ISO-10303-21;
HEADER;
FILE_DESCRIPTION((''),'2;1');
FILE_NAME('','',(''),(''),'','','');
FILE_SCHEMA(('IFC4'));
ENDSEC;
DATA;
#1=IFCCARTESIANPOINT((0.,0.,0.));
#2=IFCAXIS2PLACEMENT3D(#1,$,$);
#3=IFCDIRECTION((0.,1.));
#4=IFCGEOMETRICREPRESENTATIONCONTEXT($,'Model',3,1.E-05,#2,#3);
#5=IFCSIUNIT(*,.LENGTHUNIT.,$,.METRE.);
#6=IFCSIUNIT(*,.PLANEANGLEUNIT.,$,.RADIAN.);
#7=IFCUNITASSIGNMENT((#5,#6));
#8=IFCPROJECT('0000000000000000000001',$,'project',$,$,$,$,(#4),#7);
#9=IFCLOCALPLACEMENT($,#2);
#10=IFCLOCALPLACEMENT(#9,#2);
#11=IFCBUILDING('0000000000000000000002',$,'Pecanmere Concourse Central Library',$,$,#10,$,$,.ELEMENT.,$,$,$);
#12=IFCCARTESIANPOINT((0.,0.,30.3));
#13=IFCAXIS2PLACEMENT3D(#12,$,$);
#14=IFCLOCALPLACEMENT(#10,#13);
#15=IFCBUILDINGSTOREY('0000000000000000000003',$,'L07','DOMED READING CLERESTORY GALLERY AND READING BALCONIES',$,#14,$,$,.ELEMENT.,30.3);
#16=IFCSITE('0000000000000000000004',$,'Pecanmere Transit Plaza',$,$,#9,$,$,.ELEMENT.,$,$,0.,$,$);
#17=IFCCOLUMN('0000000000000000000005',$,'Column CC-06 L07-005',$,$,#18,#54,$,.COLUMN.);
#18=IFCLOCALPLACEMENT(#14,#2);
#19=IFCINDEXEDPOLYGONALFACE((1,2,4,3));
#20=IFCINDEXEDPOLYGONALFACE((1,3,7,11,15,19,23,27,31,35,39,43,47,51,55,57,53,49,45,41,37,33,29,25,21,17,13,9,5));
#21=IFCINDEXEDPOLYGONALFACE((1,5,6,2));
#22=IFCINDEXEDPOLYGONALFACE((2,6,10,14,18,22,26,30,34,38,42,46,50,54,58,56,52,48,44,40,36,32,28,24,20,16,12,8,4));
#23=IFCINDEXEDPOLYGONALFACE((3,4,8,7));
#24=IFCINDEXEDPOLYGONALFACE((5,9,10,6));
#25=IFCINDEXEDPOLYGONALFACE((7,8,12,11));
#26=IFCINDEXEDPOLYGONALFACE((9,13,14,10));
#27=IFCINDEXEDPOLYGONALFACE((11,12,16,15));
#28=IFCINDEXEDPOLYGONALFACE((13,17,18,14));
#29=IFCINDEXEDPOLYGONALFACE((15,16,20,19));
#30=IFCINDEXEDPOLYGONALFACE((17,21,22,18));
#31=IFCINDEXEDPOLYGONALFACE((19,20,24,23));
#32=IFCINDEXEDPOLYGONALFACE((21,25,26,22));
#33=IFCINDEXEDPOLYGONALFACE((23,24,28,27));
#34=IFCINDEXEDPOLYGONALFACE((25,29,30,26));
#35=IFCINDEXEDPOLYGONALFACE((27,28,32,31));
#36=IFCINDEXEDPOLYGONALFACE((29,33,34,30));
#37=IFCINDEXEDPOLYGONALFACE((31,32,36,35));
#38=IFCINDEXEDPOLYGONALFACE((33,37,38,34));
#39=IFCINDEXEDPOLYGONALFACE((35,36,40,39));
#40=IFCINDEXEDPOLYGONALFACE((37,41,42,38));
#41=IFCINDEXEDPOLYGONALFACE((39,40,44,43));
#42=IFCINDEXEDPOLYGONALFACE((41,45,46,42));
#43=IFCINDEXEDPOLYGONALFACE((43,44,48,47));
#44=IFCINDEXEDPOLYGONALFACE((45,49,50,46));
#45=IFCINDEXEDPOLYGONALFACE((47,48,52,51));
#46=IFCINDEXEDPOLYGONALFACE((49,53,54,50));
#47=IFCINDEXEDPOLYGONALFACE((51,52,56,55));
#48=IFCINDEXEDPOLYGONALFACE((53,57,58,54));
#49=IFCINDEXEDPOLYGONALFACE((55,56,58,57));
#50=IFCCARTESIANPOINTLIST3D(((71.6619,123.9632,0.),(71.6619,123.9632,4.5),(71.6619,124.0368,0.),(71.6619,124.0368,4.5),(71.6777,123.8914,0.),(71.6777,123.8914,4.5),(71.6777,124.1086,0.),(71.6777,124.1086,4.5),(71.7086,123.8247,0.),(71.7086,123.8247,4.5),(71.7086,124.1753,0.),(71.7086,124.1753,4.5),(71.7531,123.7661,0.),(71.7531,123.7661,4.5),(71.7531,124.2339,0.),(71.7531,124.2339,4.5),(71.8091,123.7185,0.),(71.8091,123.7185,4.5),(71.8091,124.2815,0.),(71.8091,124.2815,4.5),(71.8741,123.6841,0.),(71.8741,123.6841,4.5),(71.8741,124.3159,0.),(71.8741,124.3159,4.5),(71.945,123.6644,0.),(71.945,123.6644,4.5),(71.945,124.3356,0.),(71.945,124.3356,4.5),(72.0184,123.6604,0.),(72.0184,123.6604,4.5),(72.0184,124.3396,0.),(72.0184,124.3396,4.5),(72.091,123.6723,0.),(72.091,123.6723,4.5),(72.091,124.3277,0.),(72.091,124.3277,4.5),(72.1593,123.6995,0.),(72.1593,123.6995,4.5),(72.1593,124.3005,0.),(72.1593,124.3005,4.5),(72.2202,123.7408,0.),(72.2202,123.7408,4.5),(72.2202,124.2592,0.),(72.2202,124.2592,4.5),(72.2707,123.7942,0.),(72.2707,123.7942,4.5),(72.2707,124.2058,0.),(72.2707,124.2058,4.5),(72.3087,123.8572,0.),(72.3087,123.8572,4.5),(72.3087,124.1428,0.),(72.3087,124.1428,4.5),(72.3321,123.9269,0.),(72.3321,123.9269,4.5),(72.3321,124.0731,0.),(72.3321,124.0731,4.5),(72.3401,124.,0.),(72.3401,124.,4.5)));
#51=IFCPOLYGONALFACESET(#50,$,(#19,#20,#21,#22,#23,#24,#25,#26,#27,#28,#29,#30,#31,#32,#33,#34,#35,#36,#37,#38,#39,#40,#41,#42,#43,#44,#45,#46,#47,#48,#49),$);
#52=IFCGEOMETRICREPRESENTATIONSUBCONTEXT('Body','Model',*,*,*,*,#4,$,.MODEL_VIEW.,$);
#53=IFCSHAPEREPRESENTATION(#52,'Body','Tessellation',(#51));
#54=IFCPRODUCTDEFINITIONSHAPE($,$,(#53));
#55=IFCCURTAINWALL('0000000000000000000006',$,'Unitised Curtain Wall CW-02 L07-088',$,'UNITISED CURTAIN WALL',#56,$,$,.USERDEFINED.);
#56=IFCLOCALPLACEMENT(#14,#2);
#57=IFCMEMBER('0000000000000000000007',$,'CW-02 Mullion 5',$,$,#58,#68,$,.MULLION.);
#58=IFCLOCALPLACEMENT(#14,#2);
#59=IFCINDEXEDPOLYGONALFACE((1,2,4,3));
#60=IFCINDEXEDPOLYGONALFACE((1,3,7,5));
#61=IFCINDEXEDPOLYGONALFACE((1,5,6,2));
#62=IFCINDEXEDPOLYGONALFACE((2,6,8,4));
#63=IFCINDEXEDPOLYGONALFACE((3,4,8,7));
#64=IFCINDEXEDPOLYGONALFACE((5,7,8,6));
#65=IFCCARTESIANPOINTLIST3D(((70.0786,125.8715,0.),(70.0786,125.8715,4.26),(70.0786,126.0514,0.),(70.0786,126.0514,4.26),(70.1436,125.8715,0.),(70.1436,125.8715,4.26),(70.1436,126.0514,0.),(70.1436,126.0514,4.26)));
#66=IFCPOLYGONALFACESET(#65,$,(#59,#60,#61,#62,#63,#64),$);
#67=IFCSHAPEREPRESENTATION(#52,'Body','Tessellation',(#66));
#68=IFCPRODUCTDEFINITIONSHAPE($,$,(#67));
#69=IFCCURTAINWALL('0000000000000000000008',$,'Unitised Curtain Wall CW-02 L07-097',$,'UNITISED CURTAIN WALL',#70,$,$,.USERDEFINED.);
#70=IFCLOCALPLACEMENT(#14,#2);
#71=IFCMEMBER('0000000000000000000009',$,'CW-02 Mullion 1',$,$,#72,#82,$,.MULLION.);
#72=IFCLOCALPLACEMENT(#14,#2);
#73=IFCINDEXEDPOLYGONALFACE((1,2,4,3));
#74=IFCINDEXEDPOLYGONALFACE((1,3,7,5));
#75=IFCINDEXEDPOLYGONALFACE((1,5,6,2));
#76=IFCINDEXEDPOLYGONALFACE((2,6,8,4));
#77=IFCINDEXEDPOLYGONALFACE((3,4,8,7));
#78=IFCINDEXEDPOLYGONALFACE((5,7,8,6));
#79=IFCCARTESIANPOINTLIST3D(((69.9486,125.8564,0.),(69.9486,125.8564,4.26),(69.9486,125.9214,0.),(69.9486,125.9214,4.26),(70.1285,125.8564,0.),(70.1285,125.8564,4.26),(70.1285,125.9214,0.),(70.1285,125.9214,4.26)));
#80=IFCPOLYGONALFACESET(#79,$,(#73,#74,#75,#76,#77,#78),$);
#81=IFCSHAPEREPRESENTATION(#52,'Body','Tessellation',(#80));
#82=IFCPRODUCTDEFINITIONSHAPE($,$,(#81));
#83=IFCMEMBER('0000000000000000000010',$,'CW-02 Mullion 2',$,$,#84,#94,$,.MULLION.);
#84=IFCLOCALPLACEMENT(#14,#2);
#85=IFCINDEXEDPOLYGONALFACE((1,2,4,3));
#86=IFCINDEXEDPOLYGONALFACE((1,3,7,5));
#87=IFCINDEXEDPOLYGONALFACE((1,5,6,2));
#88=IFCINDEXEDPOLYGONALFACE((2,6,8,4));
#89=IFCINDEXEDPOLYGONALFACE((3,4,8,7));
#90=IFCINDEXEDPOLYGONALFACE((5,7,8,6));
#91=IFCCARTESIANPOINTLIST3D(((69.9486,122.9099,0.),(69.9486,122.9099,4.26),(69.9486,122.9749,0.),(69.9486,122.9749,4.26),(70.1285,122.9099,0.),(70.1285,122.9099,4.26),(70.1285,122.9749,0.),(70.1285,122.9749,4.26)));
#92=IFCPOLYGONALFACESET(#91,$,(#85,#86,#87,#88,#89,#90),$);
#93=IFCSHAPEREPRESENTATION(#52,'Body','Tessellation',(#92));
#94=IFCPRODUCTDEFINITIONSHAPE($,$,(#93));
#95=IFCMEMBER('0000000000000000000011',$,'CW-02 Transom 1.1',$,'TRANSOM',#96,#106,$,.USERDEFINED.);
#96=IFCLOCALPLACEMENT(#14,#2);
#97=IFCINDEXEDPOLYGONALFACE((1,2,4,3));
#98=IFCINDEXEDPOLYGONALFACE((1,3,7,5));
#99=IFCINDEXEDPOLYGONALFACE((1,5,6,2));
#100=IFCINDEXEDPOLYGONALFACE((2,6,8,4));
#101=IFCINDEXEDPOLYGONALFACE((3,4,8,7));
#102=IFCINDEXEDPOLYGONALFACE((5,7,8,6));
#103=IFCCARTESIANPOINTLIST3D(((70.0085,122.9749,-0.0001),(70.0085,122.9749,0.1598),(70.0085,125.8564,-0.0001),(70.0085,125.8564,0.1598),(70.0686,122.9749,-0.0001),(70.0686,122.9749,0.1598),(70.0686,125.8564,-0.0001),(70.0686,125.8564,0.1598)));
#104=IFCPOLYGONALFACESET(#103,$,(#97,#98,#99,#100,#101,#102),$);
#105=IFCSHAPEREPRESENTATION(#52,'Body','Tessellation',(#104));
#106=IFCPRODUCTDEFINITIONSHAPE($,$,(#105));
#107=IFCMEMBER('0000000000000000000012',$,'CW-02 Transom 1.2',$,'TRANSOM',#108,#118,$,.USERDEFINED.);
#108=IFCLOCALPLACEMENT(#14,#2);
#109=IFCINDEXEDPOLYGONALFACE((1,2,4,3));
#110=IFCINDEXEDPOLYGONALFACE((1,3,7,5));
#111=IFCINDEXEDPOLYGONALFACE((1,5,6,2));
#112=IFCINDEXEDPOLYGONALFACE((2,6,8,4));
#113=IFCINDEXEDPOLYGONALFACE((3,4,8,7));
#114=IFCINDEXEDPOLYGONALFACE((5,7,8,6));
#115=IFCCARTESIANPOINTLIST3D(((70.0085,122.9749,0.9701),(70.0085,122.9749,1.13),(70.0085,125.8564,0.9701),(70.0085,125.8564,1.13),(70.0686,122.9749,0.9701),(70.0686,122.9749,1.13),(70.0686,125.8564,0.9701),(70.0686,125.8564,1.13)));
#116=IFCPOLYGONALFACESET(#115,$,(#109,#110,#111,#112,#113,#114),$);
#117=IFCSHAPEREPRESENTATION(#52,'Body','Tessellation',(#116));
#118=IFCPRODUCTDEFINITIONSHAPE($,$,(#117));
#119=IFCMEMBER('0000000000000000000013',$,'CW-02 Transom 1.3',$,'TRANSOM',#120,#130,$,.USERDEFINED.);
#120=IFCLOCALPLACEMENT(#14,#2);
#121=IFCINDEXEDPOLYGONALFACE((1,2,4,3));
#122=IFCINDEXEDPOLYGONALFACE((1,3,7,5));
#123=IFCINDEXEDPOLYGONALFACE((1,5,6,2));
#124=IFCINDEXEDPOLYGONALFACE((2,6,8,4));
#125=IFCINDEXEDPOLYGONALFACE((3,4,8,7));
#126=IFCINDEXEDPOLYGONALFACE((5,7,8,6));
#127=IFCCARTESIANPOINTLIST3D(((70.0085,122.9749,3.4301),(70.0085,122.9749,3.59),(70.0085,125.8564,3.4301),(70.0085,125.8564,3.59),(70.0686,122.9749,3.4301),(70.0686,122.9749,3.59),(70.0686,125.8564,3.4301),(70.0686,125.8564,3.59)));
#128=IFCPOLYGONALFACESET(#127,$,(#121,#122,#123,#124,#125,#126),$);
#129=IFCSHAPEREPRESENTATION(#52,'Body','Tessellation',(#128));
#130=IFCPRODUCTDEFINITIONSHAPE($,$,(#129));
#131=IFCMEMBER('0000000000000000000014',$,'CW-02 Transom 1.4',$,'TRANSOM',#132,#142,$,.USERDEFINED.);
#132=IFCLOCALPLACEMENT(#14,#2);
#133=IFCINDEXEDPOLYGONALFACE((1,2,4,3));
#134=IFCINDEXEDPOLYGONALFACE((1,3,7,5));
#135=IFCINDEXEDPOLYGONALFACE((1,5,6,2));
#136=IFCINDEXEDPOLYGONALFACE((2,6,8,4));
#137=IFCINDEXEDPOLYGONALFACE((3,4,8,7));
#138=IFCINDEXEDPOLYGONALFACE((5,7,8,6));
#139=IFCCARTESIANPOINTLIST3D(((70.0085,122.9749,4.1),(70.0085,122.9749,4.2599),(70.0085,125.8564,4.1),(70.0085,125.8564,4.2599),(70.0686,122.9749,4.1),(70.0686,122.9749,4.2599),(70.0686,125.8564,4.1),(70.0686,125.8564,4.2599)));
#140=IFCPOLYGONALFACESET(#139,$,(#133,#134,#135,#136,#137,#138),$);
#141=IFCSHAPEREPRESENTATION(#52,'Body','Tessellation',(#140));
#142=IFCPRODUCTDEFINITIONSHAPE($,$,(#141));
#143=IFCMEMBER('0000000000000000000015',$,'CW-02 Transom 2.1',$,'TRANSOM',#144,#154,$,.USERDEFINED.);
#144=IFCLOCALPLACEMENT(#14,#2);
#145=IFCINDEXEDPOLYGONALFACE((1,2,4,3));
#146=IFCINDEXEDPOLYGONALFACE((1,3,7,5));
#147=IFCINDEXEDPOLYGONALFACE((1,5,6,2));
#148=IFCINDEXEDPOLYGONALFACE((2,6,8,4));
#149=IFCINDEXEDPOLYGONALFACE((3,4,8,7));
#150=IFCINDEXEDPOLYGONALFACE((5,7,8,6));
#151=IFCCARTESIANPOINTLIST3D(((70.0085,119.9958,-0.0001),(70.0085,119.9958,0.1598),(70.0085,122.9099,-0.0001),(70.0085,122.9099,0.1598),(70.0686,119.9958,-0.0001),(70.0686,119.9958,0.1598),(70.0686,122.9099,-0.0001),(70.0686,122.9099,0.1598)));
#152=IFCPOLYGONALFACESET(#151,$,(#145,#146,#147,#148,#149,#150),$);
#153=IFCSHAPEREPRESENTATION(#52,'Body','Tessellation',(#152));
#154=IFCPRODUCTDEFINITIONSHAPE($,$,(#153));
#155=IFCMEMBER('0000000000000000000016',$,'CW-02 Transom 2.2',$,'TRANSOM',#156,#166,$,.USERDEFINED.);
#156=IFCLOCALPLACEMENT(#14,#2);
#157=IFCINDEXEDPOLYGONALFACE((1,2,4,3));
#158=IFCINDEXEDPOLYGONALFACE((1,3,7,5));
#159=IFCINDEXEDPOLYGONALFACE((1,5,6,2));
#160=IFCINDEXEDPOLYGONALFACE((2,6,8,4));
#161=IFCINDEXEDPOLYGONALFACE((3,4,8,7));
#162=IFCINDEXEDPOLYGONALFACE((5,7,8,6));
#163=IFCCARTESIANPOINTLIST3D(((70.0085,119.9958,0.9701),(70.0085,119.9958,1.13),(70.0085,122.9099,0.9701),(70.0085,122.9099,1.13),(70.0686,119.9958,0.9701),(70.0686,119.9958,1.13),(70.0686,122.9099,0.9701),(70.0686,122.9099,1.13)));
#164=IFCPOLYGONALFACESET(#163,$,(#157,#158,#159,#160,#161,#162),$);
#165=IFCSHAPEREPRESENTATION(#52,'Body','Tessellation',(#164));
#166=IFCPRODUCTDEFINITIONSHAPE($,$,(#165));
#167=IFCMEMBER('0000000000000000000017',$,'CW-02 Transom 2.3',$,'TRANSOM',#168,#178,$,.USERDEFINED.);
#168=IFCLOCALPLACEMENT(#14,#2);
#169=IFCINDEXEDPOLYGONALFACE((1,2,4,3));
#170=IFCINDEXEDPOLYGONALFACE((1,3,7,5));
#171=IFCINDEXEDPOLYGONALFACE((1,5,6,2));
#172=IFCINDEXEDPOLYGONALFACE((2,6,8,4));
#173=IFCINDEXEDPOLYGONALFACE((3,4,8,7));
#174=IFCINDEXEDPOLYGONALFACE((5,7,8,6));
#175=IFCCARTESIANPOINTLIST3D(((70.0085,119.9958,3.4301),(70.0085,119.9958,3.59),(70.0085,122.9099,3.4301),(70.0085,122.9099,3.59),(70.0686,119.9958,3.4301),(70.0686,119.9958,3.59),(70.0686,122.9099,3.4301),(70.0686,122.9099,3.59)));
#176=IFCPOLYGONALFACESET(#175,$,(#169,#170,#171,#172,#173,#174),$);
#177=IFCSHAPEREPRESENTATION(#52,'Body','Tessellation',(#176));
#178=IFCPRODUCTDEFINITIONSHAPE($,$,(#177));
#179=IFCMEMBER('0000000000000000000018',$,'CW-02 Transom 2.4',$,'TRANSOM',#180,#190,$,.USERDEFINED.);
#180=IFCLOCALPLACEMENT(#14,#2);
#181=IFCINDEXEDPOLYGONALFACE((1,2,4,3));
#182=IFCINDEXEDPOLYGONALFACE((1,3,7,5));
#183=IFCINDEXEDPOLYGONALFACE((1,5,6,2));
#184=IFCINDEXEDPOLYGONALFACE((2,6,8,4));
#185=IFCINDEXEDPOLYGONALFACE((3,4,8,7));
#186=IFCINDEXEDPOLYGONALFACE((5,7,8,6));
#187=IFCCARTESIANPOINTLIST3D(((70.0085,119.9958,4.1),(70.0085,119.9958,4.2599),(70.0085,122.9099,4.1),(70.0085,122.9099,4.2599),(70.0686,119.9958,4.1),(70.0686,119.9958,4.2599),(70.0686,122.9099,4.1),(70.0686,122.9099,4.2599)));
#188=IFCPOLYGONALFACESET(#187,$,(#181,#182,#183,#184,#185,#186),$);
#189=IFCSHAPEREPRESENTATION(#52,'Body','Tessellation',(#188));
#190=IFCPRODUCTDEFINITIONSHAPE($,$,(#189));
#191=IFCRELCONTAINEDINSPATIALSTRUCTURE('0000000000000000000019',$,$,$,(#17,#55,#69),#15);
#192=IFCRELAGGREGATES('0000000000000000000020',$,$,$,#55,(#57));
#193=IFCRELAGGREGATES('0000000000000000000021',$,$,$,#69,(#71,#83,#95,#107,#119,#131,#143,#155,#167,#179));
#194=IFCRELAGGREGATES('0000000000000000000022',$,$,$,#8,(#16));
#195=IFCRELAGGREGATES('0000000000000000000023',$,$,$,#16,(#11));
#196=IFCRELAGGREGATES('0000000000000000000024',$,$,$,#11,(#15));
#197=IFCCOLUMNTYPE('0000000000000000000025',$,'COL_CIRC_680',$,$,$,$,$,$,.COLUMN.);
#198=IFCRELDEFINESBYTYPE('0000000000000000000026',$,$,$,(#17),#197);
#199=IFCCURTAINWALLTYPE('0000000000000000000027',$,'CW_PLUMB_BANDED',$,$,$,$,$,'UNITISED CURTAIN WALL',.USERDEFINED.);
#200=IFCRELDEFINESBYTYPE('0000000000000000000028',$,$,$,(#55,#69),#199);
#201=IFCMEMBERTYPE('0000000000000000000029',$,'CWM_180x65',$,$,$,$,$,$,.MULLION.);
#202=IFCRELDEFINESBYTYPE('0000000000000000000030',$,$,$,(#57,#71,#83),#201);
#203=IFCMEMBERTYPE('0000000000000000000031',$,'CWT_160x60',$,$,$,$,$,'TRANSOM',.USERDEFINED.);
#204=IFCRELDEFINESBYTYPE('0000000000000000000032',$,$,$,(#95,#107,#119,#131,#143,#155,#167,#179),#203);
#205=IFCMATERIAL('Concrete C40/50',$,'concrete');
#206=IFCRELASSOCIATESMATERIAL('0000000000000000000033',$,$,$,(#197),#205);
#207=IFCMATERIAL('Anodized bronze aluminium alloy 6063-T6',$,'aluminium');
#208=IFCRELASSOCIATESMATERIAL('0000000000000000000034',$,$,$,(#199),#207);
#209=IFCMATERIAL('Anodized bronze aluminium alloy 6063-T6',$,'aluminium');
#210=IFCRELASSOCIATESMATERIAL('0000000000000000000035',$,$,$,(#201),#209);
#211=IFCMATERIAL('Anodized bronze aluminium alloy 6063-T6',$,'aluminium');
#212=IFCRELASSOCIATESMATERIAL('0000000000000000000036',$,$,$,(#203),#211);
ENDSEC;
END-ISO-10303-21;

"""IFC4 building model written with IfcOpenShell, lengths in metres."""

from ifc_helpers import new_model, si_unit, direction, frame, origin, origin_2d, place, context, subcontext, project, spatial, rectangle, circle, extrude, material, material_profile, profile_set, type_object, element, aggregate, save


model = new_model("IFC4")

# Units and contexts
model_context = context("Model", 3, precision=1e-05, world=origin(), true_north=direction((0.0, 1.0)))
body_context = subcontext(model_context, "Body", "Model", "MODEL_VIEW")
ifc_project = project(units=[si_unit("LENGTHUNIT", "METRE"), si_unit("PLANEANGLEUNIT", "RADIAN")], contexts=[model_context])

# Site, building, storey
site_placement = place(None, origin())
site = spatial("IfcSite", under=ifc_project, at=site_placement, Name="Pecanmere Transit Plaza", CompositionType="ELEMENT", RefElevation=0.0)
building_placement = place(site_placement, origin())
building = spatial("IfcBuilding", under=site, at=building_placement, Name="Pecanmere Concourse Central Library", CompositionType="ELEMENT")
storey_placement = place(building_placement, frame((0.0, 0.0, 30.3)))
storey = spatial("IfcBuildingStorey", under=building, at=storey_placement, Name="L07", Description="DOMED READING CLERESTORY GALLERY AND READING BALCONIES", CompositionType="ELEMENT", Elevation=30.3)

# Column
ifc_material_1 = material(Name="Concrete C40/50", Category="concrete")
ifc_material_profile_1 = material_profile(ifc_material_1, circle(Radius=0.3401, at=origin_2d()), Name="RC D680")
ifc_profile_set_1 = profile_set([ifc_material_profile_1], Name="Concrete C40/50")
column_type = type_object("IfcColumnType", Name="COL_CIRC_680", PredefinedType="COLUMN", material=ifc_profile_set_1)
column_placement = place(storey_placement, frame((72.0, 124.0, 0.0), z_axis=(0.0, 0.0, 1.0), x_axis=(1.0, 0.0, 0.0)))
element("IfcColumn", 1, at=column_placement, inside=storey, type_object=column_type, Name="Column CC-06 L07-005", PredefinedType="COLUMN", context=body_context, shape_type="SweptSolid", body=[
    extrude(circle(Radius=0.3401, at=origin_2d()), origin(), (0.0, 0.0, 1.0), 4.5),
])

# Curtain wall, member
ifc_material_2 = material(Name="Anodized bronze aluminium alloy 6063-T6", Category="aluminium")
curtain_wall_type = type_object("IfcCurtainWallType", Name="CW_PLUMB_BANDED", ElementType="UNITISED CURTAIN WALL", PredefinedType="USERDEFINED", material=ifc_material_2)
curtain_wall_1_placement = place(storey_placement, origin())
curtain_wall_1 = element("IfcCurtainWall", 2, at=curtain_wall_1_placement, inside=storey, type_object=curtain_wall_type, Name="Unitised Curtain Wall CW-02 L07-088", ObjectType="UNITISED CURTAIN WALL", PredefinedType="USERDEFINED")
ifc_material_3 = material(Name="Anodized bronze aluminium alloy 6063-T6", Category="aluminium")
ifc_material_profile_2 = material_profile(ifc_material_3, rectangle(XDim=0.0649, YDim=0.1799, at=origin_2d()), Name="AL 65x180")
ifc_profile_set_2 = profile_set([ifc_material_profile_2], Name="Anodized bronze aluminium alloy 6063-T6")
member_type_1 = type_object("IfcMemberType", Name="CWM_180x65", PredefinedType="MULLION", material=ifc_profile_set_2)
member_1_placement = place(storey_placement, frame((70.1111, 125.9614, 0.0), z_axis=(0.0, 0.0, 1.0), x_axis=(-1.0, 0.0, 0.0)))
member_1 = element("IfcMember", 3, at=member_1_placement, type_object=member_type_1, Name="CW-02 Mullion 5", PredefinedType="MULLION", context=body_context, shape_type="SweptSolid", body=[
    extrude(rectangle(XDim=0.0649, YDim=0.1799, at=origin_2d()), origin(), (0.0, 0.0, 1.0), 4.26),
])

# Curtain wall, members
curtain_wall_2_placement = place(storey_placement, origin())
curtain_wall_2 = element("IfcCurtainWall", 4, at=curtain_wall_2_placement, inside=storey, type_object=curtain_wall_type, Name="Unitised Curtain Wall CW-02 L07-097", ObjectType="UNITISED CURTAIN WALL", PredefinedType="USERDEFINED")
member_2_placement = place(storey_placement, frame((70.0386, 125.8889, 0.0), z_axis=(0.0, 0.0, 1.0), x_axis=(0.0, -1.0, 0.0)))
member_2 = element("IfcMember", 5, at=member_2_placement, type_object=member_type_1, Name="CW-02 Mullion 1", PredefinedType="MULLION", context=body_context, shape_type="SweptSolid", body=[
    extrude(rectangle(XDim=0.0649, YDim=0.1799, at=origin_2d()), origin(), (0.0, 0.0, 1.0), 4.26),
])
member_3_placement = place(storey_placement, frame((70.0386, 122.9424, 0.0), z_axis=(0.0, 0.0, 1.0), x_axis=(0.0, -1.0, 0.0)))
member_3 = element("IfcMember", 6, at=member_3_placement, type_object=member_type_1, Name="CW-02 Mullion 2", PredefinedType="MULLION", context=body_context, shape_type="SweptSolid", body=[
    extrude(rectangle(XDim=0.0649, YDim=0.1799, at=origin_2d()), origin(), (0.0, 0.0, 1.0), 4.26),
])
ifc_material_4 = material(Name="Anodized bronze aluminium alloy 6063-T6", Category="aluminium")
ifc_material_profile_3 = material_profile(ifc_material_4, rectangle(XDim=0.0601, YDim=0.1599, at=origin_2d()), Name="AL 60x160")
ifc_profile_set_3 = profile_set([ifc_material_profile_3], Name="Anodized bronze aluminium alloy 6063-T6")
member_type_2 = type_object("IfcMemberType", Name="CWT_160x60", ElementType="TRANSOM", PredefinedType="USERDEFINED", material=ifc_profile_set_3)
member_4_placement = place(storey_placement, frame((70.0386, 125.8564, 0.0798), z_axis=(0.0, -1.0, 0.0), x_axis=(1.0, 0.0, 0.0)))
member_4 = element("IfcMember", 7, at=member_4_placement, type_object=member_type_2, Name="CW-02 Transom 1.1", ObjectType="TRANSOM", PredefinedType="USERDEFINED", context=body_context, shape_type="SweptSolid", body=[
    extrude(rectangle(XDim=0.0601, YDim=0.1599, at=origin_2d()), origin(), (0.0, 0.0, 1.0), 2.8816),
])
member_5_placement = place(storey_placement, frame((70.0386, 125.8564, 1.05), z_axis=(0.0, -1.0, 0.0), x_axis=(1.0, 0.0, 0.0)))
member_5 = element("IfcMember", 8, at=member_5_placement, type_object=member_type_2, Name="CW-02 Transom 1.2", ObjectType="TRANSOM", PredefinedType="USERDEFINED", context=body_context, shape_type="SweptSolid", body=[
    extrude(rectangle(XDim=0.0601, YDim=0.1599, at=origin_2d()), origin(), (0.0, 0.0, 1.0), 2.8816),
])
member_6_placement = place(storey_placement, frame((70.0386, 125.8564, 3.51), z_axis=(0.0, -1.0, 0.0), x_axis=(1.0, 0.0, 0.0)))
member_6 = element("IfcMember", 9, at=member_6_placement, type_object=member_type_2, Name="CW-02 Transom 1.3", ObjectType="TRANSOM", PredefinedType="USERDEFINED", context=body_context, shape_type="SweptSolid", body=[
    extrude(rectangle(XDim=0.0601, YDim=0.1599, at=origin_2d()), origin(), (0.0, 0.0, 1.0), 2.8816),
])
member_7_placement = place(storey_placement, frame((70.0386, 125.8564, 4.1799), z_axis=(0.0, -1.0, 0.0), x_axis=(1.0, 0.0, 0.0)))
member_7 = element("IfcMember", 10, at=member_7_placement, type_object=member_type_2, Name="CW-02 Transom 1.4", ObjectType="TRANSOM", PredefinedType="USERDEFINED", context=body_context, shape_type="SweptSolid", body=[
    extrude(rectangle(XDim=0.0601, YDim=0.1599, at=origin_2d()), origin(), (0.0, 0.0, 1.0), 2.8816),
])
member_8_placement = place(storey_placement, frame((70.0386, 122.9099, 0.0798), z_axis=(0.0, -1.0, 0.0), x_axis=(1.0, 0.0, 0.0)))
member_8 = element("IfcMember", 11, at=member_8_placement, type_object=member_type_2, Name="CW-02 Transom 2.1", ObjectType="TRANSOM", PredefinedType="USERDEFINED", context=body_context, shape_type="SweptSolid", body=[
    extrude(rectangle(XDim=0.0601, YDim=0.1599, at=origin_2d()), origin(), (0.0, 0.0, 1.0), 2.9141),
])
member_9_placement = place(storey_placement, frame((70.0386, 122.9099, 1.05), z_axis=(0.0, -1.0, 0.0), x_axis=(1.0, 0.0, 0.0)))
member_9 = element("IfcMember", 12, at=member_9_placement, type_object=member_type_2, Name="CW-02 Transom 2.2", ObjectType="TRANSOM", PredefinedType="USERDEFINED", context=body_context, shape_type="SweptSolid", body=[
    extrude(rectangle(XDim=0.0601, YDim=0.1599, at=origin_2d()), origin(), (0.0, 0.0, 1.0), 2.9141),
])
member_10_placement = place(storey_placement, frame((70.0386, 122.9099, 3.51), z_axis=(0.0, -1.0, 0.0), x_axis=(1.0, 0.0, 0.0)))
member_10 = element("IfcMember", 13, at=member_10_placement, type_object=member_type_2, Name="CW-02 Transom 2.3", ObjectType="TRANSOM", PredefinedType="USERDEFINED", context=body_context, shape_type="SweptSolid", body=[
    extrude(rectangle(XDim=0.0601, YDim=0.1599, at=origin_2d()), origin(), (0.0, 0.0, 1.0), 2.9141),
])
member_11_placement = place(storey_placement, frame((70.0386, 122.9099, 4.1799), z_axis=(0.0, -1.0, 0.0), x_axis=(1.0, 0.0, 0.0)))
member_11 = element("IfcMember", 14, at=member_11_placement, type_object=member_type_2, Name="CW-02 Transom 2.4", ObjectType="TRANSOM", PredefinedType="USERDEFINED", context=body_context, shape_type="SweptSolid", body=[
    extrude(rectangle(XDim=0.0601, YDim=0.1599, at=origin_2d()), origin(), (0.0, 0.0, 1.0), 2.9141),
])

aggregate(curtain_wall_1, [member_1])
aggregate(curtain_wall_2, [member_2, member_3, member_4, member_5, member_6, member_7, member_8, member_9, member_10, member_11])

save(model, "model.ifc")
